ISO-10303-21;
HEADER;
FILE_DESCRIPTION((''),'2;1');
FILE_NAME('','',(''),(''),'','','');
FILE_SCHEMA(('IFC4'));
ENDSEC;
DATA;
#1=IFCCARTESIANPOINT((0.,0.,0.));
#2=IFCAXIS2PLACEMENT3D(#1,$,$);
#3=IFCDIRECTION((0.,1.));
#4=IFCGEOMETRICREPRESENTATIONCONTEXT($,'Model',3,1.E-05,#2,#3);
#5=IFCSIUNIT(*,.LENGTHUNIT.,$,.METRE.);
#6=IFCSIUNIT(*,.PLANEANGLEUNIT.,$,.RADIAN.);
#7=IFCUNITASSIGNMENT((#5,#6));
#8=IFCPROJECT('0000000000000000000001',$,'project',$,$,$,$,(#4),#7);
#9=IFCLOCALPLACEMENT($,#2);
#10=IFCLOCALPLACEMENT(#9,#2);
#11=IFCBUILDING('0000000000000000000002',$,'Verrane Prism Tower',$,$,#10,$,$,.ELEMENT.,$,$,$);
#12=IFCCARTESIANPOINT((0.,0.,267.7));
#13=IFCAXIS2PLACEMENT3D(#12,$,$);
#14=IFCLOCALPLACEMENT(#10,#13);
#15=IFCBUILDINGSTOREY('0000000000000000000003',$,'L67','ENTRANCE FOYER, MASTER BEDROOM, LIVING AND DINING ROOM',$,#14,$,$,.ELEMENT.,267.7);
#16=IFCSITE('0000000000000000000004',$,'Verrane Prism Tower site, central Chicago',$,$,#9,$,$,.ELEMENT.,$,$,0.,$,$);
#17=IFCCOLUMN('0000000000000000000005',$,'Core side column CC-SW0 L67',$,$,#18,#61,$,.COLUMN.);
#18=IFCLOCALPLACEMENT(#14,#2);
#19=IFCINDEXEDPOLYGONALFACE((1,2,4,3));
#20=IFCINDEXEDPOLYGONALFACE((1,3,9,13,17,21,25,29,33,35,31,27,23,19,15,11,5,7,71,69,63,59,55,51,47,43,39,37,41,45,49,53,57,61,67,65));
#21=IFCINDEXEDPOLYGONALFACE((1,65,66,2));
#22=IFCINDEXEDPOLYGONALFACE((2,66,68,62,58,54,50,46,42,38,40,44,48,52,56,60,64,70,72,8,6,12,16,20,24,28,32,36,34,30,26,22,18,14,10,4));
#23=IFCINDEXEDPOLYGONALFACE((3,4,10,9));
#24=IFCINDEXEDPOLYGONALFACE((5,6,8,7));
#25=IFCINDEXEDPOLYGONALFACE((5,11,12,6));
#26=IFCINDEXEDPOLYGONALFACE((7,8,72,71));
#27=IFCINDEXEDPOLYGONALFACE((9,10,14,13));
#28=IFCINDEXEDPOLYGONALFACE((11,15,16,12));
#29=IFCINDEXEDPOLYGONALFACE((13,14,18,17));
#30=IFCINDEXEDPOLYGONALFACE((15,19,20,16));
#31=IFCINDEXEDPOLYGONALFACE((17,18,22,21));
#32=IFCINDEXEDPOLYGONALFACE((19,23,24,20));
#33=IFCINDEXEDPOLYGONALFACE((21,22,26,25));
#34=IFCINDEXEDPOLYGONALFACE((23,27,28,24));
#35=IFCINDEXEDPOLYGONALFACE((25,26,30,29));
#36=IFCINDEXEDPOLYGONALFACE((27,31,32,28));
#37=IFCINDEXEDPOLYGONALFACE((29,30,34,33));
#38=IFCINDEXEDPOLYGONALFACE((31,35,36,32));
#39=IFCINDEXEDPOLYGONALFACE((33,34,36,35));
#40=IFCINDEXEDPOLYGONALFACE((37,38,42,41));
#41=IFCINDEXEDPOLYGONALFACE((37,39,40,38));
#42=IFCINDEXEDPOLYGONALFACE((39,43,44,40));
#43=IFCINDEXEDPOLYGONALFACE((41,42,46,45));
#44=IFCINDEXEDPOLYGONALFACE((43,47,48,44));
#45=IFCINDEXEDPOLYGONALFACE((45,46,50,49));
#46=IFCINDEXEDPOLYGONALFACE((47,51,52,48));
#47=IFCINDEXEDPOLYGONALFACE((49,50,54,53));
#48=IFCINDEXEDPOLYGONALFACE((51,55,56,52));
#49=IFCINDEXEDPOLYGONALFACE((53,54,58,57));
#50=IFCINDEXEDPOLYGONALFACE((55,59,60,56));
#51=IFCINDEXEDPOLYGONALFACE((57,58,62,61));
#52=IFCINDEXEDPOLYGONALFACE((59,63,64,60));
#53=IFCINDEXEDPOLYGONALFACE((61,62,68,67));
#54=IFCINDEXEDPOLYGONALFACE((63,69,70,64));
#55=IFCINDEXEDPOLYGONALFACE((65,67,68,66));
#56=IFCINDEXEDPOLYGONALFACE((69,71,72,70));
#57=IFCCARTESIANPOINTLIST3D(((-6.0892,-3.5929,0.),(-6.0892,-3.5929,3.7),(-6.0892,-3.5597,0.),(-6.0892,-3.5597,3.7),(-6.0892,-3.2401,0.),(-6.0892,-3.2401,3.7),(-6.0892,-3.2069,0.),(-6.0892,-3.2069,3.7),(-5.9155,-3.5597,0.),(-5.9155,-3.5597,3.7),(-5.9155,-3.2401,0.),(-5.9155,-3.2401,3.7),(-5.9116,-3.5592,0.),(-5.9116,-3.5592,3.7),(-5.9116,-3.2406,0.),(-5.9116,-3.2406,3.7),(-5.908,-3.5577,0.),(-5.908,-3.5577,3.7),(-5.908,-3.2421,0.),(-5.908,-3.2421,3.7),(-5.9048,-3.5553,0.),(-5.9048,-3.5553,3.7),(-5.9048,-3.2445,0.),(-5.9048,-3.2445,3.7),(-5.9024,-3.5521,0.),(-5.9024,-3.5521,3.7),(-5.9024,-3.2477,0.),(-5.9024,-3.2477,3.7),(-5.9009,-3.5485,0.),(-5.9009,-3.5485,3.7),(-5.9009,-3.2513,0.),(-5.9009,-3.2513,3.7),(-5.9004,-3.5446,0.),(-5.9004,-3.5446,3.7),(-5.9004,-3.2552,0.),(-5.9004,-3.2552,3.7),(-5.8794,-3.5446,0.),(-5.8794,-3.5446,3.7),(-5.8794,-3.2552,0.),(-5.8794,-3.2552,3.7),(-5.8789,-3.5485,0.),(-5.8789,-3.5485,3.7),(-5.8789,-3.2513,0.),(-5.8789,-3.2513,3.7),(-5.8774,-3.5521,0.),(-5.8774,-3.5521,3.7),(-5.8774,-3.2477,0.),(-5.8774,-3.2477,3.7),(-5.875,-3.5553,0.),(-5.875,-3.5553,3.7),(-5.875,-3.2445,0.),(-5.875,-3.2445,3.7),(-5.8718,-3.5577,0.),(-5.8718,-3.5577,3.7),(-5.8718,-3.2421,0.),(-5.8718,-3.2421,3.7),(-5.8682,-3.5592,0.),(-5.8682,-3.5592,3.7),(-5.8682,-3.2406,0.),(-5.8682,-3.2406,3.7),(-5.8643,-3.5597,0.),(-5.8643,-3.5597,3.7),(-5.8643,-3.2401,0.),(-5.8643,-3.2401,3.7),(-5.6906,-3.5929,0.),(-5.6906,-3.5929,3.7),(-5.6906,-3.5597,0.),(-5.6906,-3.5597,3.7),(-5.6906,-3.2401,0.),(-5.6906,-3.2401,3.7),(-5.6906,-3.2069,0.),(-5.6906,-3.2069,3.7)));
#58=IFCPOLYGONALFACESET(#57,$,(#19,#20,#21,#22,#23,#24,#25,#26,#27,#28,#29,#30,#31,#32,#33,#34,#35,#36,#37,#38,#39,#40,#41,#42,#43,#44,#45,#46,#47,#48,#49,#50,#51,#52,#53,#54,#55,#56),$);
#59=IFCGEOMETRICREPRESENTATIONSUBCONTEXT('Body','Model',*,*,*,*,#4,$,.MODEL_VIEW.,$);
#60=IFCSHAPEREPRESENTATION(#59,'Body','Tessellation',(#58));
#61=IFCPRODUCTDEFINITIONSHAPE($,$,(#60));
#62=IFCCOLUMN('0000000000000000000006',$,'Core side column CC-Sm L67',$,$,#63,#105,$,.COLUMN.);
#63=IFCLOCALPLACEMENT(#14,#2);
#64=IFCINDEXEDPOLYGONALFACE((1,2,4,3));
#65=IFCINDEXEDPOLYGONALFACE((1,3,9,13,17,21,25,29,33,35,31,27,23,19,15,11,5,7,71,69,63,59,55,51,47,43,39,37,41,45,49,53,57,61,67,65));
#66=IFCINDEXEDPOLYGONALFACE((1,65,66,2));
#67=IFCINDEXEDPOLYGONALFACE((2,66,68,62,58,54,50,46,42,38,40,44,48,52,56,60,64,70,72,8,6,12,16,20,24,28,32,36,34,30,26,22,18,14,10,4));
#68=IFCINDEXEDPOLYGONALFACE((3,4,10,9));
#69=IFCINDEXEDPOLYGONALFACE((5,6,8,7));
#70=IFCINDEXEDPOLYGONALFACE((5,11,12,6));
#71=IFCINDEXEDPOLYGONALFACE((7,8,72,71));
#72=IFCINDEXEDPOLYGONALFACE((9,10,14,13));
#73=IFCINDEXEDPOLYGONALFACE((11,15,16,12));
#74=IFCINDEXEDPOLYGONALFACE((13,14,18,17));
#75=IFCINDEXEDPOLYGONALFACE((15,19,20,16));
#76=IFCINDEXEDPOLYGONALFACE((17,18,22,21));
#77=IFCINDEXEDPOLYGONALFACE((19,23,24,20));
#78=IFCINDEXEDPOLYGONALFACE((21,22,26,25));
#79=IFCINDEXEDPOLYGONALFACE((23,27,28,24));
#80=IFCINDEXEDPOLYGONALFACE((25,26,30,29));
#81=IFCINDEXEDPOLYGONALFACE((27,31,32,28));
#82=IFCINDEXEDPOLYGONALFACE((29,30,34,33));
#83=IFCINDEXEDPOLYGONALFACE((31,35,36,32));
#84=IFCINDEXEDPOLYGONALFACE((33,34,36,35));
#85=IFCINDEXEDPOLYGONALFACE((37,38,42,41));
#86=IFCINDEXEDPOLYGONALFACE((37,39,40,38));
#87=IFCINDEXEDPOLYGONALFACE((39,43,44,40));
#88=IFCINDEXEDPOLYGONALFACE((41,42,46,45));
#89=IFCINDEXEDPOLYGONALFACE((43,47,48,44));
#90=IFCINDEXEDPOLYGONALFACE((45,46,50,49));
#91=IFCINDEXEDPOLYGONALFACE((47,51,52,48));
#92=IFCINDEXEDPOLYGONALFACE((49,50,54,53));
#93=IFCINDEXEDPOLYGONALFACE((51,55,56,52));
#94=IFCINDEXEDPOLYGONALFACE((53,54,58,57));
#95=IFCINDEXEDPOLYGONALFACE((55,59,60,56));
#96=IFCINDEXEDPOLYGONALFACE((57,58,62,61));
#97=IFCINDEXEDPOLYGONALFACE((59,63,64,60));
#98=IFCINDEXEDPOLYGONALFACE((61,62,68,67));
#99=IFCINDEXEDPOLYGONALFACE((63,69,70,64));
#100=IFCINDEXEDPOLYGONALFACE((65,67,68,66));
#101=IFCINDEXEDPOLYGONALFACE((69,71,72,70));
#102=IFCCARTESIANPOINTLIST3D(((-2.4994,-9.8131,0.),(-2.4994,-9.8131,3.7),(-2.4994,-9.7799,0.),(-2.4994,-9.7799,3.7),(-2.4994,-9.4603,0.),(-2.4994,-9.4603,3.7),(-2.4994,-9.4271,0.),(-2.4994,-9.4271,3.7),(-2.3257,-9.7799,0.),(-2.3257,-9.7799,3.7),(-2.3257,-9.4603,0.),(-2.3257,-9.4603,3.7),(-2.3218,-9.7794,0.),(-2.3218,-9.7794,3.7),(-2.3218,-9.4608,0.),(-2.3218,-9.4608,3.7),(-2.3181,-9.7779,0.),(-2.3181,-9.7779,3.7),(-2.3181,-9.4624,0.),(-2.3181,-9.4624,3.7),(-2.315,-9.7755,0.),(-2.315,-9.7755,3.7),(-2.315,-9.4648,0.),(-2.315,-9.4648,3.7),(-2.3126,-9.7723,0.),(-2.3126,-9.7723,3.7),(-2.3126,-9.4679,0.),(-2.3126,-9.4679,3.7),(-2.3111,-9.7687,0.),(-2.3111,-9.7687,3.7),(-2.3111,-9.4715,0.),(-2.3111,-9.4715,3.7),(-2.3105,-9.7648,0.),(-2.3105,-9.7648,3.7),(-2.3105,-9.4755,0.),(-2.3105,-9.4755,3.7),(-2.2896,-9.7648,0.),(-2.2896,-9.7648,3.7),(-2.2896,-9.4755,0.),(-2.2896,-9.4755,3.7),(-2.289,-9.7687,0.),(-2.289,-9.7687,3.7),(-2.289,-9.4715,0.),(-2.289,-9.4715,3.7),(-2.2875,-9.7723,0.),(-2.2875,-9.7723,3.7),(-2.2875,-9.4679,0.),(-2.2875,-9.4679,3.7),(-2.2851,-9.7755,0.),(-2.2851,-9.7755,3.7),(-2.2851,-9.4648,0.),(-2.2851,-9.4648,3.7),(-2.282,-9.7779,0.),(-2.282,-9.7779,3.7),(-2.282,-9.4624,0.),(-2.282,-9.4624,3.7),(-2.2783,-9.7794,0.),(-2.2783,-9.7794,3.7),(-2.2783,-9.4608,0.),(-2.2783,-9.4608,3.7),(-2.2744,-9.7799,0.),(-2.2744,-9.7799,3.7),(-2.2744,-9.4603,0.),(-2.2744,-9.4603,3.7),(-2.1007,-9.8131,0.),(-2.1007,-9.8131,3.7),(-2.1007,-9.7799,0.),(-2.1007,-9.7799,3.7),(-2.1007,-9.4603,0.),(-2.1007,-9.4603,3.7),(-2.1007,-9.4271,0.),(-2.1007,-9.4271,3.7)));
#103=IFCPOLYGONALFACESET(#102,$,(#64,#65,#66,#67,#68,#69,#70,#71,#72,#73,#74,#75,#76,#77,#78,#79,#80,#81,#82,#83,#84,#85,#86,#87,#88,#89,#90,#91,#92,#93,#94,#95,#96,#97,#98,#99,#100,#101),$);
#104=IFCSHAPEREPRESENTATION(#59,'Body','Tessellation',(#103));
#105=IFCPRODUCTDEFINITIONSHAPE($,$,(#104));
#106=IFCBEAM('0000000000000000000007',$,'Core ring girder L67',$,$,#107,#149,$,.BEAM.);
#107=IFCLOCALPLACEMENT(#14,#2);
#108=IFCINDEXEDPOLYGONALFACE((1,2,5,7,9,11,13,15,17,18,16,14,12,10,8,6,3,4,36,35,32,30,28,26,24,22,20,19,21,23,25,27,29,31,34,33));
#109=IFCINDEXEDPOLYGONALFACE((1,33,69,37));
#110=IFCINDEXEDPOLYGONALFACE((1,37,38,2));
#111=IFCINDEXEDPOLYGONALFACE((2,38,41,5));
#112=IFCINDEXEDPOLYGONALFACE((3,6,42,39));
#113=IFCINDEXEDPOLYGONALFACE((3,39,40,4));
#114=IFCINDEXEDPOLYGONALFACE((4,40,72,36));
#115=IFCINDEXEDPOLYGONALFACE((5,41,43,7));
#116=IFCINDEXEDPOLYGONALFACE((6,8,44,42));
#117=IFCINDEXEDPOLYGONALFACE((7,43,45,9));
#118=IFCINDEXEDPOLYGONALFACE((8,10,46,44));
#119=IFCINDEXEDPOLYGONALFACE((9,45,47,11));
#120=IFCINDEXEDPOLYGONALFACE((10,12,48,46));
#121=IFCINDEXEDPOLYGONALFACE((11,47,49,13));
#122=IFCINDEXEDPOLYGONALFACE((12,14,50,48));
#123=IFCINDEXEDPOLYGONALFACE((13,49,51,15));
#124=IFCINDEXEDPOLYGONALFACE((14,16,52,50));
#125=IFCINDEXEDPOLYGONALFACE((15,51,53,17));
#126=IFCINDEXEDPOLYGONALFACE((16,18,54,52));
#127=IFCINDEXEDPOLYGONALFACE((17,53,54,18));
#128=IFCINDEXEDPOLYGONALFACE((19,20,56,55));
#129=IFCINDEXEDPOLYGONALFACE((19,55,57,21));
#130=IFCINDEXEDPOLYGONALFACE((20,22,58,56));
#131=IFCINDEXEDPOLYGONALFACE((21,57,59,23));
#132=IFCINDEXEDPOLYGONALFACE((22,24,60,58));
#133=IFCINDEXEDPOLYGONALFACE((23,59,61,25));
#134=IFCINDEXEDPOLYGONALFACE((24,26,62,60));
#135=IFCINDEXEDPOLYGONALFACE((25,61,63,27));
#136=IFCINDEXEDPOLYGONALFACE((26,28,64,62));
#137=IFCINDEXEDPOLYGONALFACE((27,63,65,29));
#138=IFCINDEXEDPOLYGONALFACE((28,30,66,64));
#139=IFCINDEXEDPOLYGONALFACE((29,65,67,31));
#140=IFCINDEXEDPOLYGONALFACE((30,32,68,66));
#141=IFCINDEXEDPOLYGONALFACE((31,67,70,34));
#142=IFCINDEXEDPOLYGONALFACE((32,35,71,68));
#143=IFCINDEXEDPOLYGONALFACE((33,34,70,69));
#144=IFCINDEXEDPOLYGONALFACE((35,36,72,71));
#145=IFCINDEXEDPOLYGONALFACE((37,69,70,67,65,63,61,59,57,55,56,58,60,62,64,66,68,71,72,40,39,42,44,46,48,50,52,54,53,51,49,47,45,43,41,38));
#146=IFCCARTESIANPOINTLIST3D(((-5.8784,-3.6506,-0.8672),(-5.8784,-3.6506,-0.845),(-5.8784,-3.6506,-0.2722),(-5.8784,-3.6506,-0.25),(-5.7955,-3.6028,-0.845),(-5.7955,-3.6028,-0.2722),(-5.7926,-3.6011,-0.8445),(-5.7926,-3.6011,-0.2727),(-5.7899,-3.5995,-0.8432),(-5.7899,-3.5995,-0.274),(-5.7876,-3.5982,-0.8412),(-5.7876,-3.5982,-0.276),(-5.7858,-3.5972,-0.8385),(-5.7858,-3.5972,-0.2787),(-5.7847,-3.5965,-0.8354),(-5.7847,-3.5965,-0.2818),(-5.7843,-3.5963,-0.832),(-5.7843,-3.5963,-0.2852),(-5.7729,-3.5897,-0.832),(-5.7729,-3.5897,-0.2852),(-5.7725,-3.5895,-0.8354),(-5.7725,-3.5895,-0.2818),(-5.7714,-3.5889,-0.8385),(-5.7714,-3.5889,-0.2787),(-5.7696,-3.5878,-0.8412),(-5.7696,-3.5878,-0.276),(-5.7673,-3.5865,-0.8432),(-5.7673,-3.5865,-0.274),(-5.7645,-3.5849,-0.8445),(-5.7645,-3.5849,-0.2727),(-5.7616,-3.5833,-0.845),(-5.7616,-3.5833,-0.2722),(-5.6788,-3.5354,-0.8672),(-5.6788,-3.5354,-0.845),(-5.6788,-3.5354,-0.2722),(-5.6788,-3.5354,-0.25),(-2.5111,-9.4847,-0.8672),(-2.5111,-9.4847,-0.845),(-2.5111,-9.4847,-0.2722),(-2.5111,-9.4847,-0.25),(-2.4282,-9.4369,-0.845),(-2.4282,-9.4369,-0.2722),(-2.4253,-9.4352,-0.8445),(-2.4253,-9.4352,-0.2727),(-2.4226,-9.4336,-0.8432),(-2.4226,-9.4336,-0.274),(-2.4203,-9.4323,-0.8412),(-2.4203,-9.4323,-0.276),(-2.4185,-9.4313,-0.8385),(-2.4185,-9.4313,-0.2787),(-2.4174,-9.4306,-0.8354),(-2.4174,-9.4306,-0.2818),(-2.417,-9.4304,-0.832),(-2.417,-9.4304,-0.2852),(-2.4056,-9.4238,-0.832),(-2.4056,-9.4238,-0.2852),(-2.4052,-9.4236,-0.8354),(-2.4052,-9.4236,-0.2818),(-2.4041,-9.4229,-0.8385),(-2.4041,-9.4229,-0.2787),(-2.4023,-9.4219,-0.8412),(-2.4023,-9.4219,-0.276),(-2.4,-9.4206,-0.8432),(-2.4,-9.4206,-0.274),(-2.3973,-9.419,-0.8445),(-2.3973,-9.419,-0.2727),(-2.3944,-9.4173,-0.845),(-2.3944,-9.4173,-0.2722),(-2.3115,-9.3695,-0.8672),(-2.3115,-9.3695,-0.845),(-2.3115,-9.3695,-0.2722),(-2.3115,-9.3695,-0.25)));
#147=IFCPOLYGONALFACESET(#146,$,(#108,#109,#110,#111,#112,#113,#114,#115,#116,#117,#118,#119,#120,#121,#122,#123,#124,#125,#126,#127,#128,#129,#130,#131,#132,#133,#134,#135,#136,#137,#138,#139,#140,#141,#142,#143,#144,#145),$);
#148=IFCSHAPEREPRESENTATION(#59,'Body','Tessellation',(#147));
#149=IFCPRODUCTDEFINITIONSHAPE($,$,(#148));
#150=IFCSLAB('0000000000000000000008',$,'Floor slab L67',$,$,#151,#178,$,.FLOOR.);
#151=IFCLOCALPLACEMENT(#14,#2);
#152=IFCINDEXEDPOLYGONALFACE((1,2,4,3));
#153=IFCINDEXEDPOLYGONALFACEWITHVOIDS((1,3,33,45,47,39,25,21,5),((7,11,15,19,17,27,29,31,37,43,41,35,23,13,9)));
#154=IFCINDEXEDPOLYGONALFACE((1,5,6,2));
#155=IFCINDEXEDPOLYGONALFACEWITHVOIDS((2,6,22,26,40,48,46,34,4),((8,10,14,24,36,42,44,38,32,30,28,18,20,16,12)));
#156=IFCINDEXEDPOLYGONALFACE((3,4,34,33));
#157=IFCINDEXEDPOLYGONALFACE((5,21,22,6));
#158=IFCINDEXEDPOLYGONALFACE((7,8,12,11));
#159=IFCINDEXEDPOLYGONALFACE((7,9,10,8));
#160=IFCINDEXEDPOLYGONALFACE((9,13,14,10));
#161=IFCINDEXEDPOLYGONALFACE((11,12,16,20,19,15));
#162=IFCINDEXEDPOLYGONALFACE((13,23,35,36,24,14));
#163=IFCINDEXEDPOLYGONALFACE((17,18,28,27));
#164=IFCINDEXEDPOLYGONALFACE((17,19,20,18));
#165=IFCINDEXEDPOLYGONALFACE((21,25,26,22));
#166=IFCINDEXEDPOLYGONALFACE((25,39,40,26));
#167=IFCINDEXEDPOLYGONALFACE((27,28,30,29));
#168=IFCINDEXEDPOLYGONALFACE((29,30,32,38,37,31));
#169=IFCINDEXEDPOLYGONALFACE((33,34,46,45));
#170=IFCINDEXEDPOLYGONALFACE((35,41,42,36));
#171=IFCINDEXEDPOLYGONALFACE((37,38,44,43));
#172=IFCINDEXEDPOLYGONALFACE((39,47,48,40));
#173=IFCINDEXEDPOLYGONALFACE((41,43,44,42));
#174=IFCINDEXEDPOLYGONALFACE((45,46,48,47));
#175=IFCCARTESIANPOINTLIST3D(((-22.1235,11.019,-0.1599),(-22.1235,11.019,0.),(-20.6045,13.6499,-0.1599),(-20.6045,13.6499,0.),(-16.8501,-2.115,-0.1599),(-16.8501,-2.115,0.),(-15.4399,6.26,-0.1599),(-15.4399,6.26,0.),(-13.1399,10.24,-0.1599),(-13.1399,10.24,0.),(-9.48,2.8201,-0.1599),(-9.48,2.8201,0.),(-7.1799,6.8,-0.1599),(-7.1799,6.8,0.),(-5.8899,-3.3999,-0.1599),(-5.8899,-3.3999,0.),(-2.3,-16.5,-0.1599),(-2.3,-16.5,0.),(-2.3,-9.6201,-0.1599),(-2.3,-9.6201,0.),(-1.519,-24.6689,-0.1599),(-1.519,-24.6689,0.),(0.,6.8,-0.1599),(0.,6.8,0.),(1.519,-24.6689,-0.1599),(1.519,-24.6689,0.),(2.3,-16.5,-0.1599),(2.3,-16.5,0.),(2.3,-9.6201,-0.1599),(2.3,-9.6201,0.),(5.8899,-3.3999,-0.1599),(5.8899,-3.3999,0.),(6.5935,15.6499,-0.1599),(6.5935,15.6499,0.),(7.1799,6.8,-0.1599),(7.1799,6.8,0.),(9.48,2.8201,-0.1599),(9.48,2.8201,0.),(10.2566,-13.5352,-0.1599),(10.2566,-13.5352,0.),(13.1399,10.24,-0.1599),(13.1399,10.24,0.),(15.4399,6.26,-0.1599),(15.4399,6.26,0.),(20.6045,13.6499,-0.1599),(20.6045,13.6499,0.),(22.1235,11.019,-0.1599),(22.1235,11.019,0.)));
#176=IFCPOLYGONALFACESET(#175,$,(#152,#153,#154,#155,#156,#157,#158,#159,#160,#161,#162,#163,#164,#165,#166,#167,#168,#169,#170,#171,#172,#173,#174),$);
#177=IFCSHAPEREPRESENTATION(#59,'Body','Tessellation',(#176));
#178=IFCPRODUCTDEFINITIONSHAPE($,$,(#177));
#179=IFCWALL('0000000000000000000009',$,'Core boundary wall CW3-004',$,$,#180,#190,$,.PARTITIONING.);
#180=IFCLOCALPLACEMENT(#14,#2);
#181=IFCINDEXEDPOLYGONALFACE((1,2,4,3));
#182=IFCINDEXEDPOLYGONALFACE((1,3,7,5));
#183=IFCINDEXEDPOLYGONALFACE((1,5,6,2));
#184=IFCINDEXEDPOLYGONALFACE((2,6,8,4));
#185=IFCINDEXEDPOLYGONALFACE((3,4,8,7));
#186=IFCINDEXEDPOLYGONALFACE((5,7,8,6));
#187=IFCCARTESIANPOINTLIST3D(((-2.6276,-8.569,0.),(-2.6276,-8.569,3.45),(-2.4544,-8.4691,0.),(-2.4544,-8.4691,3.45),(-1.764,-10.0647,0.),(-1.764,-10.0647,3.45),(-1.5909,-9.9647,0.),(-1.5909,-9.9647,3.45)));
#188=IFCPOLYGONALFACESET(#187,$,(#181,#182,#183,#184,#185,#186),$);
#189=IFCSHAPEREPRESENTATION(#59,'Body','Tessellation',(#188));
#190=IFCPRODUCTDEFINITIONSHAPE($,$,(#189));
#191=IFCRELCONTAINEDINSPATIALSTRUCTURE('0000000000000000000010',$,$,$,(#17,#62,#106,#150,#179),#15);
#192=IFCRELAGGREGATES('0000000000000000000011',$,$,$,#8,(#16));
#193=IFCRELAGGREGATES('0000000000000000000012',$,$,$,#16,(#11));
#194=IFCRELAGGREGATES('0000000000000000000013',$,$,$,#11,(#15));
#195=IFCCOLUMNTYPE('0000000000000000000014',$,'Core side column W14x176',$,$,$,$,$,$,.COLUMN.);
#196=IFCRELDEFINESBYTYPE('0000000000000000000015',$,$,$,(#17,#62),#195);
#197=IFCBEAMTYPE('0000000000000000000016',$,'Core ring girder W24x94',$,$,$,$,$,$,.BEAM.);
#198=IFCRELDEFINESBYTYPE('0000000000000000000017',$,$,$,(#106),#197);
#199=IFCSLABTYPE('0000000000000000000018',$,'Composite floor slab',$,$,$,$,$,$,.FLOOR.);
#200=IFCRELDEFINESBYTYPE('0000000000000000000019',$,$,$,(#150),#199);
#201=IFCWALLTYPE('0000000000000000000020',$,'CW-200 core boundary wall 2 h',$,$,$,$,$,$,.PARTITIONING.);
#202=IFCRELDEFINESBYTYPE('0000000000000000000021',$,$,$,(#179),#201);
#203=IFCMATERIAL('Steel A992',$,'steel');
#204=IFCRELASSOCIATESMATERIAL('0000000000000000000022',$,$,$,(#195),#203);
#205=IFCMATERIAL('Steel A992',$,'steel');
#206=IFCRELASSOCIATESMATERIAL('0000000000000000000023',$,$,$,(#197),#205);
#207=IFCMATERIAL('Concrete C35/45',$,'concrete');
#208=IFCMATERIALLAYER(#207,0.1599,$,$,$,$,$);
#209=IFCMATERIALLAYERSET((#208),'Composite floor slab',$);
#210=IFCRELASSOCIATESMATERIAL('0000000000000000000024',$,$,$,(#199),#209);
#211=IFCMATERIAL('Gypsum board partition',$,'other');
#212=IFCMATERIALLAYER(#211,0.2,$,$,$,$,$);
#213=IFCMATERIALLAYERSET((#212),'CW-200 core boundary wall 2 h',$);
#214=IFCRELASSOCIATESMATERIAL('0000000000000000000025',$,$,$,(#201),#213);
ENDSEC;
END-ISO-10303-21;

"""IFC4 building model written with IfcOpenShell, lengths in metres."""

from ifc_helpers import new_model, si_unit, direction, frame, frame_2d, origin, origin_2d, place, context, subcontext, project, spatial, polyline, rectangle, i_section, outline, extrude, material, layer, layer_set, material_profile, profile_set, type_object, element, save


model = new_model("IFC4")

# Units and contexts
model_context = context("Model", 3, precision=1e-05, world=origin(), true_north=direction((0.0, 1.0)))
body_context = subcontext(model_context, "Body", "Model", "MODEL_VIEW")
ifc_project = project(units=[si_unit("LENGTHUNIT", "METRE"), si_unit("PLANEANGLEUNIT", "RADIAN")], contexts=[model_context])

# Site, building, storey
site_placement = place(None, origin())
site = spatial("IfcSite", under=ifc_project, at=site_placement, Name="Verrane Prism Tower site, central Chicago", CompositionType="ELEMENT", RefElevation=0.0)
building_placement = place(site_placement, origin())
building = spatial("IfcBuilding", under=site, at=building_placement, Name="Verrane Prism Tower", CompositionType="ELEMENT")
storey_placement = place(building_placement, frame((0.0, 0.0, 267.7)))
storey = spatial("IfcBuildingStorey", under=building, at=storey_placement, Name="L67", Description="ENTRANCE FOYER, MASTER BEDROOM, LIVING AND DINING ROOM", CompositionType="ELEMENT", Elevation=267.7)

# Columns
ifc_material_1 = material(Name="Steel A992", Category="steel")
ifc_material_profile_1 = material_profile(ifc_material_1, i_section(OverallWidth=0.3987, OverallDepth=0.386, WebThickness=0.021, FlangeThickness=0.0332, FilletRadius=0.0151, at=origin_2d()), Name="W14x176")
ifc_profile_set_1 = profile_set([ifc_material_profile_1], Name="Steel A992")
column_type = type_object("IfcColumnType", Name="Core side column W14x176", PredefinedType="COLUMN", material=ifc_profile_set_1)
for number, where, z_axis, x_axis, name in (
    (1, (-5.8899, -3.3999, 0.0), (0.0, 0.0, 1.0), (1.0, 0.0, 0.0), "Core side column CC-SW0 L67"),
    (2, (-2.3, -9.6201, 0.0), (0.0, 0.0, 1.0), (1.0, 0.0, 0.0), "Core side column CC-Sm L67"),
):
    element("IfcColumn", number, at=place(storey_placement, frame(where, z_axis=z_axis, x_axis=x_axis)), inside=storey, type_object=column_type, Name=name, PredefinedType="COLUMN", context=body_context, shape_type="SweptSolid", body=[
        extrude(i_section(OverallWidth=0.3987, OverallDepth=0.386, WebThickness=0.021, FlangeThickness=0.0332, FilletRadius=0.0151, at=origin_2d()), origin(), (0.0, 0.0, 1.0), 3.7),
    ])

# Beam
ifc_material_2 = material(Name="Steel A992", Category="steel")
ifc_material_profile_2 = material_profile(ifc_material_2, i_section(OverallWidth=0.2305, OverallDepth=0.6172, WebThickness=0.0132, FlangeThickness=0.0222, FilletRadius=0.0129, at=origin_2d()), Name="W24x94")
ifc_profile_set_2 = profile_set([ifc_material_profile_2], Name="Steel A992")
beam_type = type_object("IfcBeamType", Name="Core ring girder W24x94", PredefinedType="BEAM", material=ifc_profile_set_2)
beam_placement = place(storey_placement, frame((-5.7786, -3.593, -0.5586), z_axis=(0.499881, -0.866094, 0.0), x_axis=(0.866094, 0.499881, 0.0)))
element("IfcBeam", 3, at=beam_placement, inside=storey, type_object=beam_type, Name="Core ring girder L67", PredefinedType="BEAM", context=body_context, shape_type="SweptSolid", body=[
    extrude(i_section(OverallWidth=0.2305, OverallDepth=0.6172, WebThickness=0.0132, FlangeThickness=0.0222, FilletRadius=0.0129, at=origin_2d()), origin(), (0.0, 0.0, 1.0), 6.7361),
])

# Slab
ifc_material_3 = material(Name="Concrete C35/45", Category="concrete")
ifc_layer_1 = layer(ifc_material_3, 0.1599)
ifc_layer_set_1 = layer_set([ifc_layer_1], Name="Composite floor slab")
slab_type = type_object("IfcSlabType", Name="Composite floor slab", PredefinedType="FLOOR", material=ifc_layer_set_1)
slab_placement = place(storey_placement, frame((0.0, 0.0, -0.1599)))
element("IfcSlab", 4, at=slab_placement, inside=storey, type_object=slab_type, Name="Floor slab L67", PredefinedType="FLOOR", context=body_context, shape_type="SweptSolid", body=[
    extrude(outline(polyline([(10.2566, -13.5352), (1.519, -24.6689), (-1.519, -24.6689), (-16.8501, -2.115), (-22.1235, 11.019), (-20.6045, 13.6499), (6.5935, 15.6499), (20.6045, 13.6499), (22.1235, 11.019), (10.2566, -13.5352)]), holes=[polyline([(15.4399, 6.26), (13.1399, 10.24), (7.1799, 6.8), (0.0, 6.8), (-7.1799, 6.8), (-13.1399, 10.24), (-15.4399, 6.26), (-9.48, 2.8201), (-5.8899, -3.3999), (-2.3, -9.6201), (-2.3, -16.5), (2.3, -16.5), (2.3, -9.6201), (5.8899, -3.3999), (9.48, 2.8201), (15.4399, 6.26)])]), origin(), (0.0, 0.0, 1.0), 0.1599),
])

# Wall
ifc_material_4 = material(Name="Gypsum board partition", Category="other")
ifc_layer_2 = layer(ifc_material_4, 0.2)
ifc_layer_set_2 = layer_set([ifc_layer_2], Name="CW-200 core boundary wall 2 h")
wall_type_1 = type_object("IfcWallType", Name="CW-200 core boundary wall 2 h", PredefinedType="PARTITIONING", material=ifc_layer_set_2)
wall_1_placement = place(storey_placement, frame((-2.541, -8.519, 0.0), z_axis=(0.0, 0.0, 1.0), x_axis=(0.500016, -0.866016, 0.0)))
element("IfcWall", 5, at=wall_1_placement, inside=storey, type_object=wall_type_1, Name="Core boundary wall CW3-004", PredefinedType="PARTITIONING", context=body_context, shape_type="SweptSolid", body=[
    extrude(rectangle(XDim=1.7271, YDim=0.2, at=frame_2d((0.8635, 0.0))), origin(), (0.0, 0.0, 1.0), 3.45),
])

save(model, "model.ifc")
